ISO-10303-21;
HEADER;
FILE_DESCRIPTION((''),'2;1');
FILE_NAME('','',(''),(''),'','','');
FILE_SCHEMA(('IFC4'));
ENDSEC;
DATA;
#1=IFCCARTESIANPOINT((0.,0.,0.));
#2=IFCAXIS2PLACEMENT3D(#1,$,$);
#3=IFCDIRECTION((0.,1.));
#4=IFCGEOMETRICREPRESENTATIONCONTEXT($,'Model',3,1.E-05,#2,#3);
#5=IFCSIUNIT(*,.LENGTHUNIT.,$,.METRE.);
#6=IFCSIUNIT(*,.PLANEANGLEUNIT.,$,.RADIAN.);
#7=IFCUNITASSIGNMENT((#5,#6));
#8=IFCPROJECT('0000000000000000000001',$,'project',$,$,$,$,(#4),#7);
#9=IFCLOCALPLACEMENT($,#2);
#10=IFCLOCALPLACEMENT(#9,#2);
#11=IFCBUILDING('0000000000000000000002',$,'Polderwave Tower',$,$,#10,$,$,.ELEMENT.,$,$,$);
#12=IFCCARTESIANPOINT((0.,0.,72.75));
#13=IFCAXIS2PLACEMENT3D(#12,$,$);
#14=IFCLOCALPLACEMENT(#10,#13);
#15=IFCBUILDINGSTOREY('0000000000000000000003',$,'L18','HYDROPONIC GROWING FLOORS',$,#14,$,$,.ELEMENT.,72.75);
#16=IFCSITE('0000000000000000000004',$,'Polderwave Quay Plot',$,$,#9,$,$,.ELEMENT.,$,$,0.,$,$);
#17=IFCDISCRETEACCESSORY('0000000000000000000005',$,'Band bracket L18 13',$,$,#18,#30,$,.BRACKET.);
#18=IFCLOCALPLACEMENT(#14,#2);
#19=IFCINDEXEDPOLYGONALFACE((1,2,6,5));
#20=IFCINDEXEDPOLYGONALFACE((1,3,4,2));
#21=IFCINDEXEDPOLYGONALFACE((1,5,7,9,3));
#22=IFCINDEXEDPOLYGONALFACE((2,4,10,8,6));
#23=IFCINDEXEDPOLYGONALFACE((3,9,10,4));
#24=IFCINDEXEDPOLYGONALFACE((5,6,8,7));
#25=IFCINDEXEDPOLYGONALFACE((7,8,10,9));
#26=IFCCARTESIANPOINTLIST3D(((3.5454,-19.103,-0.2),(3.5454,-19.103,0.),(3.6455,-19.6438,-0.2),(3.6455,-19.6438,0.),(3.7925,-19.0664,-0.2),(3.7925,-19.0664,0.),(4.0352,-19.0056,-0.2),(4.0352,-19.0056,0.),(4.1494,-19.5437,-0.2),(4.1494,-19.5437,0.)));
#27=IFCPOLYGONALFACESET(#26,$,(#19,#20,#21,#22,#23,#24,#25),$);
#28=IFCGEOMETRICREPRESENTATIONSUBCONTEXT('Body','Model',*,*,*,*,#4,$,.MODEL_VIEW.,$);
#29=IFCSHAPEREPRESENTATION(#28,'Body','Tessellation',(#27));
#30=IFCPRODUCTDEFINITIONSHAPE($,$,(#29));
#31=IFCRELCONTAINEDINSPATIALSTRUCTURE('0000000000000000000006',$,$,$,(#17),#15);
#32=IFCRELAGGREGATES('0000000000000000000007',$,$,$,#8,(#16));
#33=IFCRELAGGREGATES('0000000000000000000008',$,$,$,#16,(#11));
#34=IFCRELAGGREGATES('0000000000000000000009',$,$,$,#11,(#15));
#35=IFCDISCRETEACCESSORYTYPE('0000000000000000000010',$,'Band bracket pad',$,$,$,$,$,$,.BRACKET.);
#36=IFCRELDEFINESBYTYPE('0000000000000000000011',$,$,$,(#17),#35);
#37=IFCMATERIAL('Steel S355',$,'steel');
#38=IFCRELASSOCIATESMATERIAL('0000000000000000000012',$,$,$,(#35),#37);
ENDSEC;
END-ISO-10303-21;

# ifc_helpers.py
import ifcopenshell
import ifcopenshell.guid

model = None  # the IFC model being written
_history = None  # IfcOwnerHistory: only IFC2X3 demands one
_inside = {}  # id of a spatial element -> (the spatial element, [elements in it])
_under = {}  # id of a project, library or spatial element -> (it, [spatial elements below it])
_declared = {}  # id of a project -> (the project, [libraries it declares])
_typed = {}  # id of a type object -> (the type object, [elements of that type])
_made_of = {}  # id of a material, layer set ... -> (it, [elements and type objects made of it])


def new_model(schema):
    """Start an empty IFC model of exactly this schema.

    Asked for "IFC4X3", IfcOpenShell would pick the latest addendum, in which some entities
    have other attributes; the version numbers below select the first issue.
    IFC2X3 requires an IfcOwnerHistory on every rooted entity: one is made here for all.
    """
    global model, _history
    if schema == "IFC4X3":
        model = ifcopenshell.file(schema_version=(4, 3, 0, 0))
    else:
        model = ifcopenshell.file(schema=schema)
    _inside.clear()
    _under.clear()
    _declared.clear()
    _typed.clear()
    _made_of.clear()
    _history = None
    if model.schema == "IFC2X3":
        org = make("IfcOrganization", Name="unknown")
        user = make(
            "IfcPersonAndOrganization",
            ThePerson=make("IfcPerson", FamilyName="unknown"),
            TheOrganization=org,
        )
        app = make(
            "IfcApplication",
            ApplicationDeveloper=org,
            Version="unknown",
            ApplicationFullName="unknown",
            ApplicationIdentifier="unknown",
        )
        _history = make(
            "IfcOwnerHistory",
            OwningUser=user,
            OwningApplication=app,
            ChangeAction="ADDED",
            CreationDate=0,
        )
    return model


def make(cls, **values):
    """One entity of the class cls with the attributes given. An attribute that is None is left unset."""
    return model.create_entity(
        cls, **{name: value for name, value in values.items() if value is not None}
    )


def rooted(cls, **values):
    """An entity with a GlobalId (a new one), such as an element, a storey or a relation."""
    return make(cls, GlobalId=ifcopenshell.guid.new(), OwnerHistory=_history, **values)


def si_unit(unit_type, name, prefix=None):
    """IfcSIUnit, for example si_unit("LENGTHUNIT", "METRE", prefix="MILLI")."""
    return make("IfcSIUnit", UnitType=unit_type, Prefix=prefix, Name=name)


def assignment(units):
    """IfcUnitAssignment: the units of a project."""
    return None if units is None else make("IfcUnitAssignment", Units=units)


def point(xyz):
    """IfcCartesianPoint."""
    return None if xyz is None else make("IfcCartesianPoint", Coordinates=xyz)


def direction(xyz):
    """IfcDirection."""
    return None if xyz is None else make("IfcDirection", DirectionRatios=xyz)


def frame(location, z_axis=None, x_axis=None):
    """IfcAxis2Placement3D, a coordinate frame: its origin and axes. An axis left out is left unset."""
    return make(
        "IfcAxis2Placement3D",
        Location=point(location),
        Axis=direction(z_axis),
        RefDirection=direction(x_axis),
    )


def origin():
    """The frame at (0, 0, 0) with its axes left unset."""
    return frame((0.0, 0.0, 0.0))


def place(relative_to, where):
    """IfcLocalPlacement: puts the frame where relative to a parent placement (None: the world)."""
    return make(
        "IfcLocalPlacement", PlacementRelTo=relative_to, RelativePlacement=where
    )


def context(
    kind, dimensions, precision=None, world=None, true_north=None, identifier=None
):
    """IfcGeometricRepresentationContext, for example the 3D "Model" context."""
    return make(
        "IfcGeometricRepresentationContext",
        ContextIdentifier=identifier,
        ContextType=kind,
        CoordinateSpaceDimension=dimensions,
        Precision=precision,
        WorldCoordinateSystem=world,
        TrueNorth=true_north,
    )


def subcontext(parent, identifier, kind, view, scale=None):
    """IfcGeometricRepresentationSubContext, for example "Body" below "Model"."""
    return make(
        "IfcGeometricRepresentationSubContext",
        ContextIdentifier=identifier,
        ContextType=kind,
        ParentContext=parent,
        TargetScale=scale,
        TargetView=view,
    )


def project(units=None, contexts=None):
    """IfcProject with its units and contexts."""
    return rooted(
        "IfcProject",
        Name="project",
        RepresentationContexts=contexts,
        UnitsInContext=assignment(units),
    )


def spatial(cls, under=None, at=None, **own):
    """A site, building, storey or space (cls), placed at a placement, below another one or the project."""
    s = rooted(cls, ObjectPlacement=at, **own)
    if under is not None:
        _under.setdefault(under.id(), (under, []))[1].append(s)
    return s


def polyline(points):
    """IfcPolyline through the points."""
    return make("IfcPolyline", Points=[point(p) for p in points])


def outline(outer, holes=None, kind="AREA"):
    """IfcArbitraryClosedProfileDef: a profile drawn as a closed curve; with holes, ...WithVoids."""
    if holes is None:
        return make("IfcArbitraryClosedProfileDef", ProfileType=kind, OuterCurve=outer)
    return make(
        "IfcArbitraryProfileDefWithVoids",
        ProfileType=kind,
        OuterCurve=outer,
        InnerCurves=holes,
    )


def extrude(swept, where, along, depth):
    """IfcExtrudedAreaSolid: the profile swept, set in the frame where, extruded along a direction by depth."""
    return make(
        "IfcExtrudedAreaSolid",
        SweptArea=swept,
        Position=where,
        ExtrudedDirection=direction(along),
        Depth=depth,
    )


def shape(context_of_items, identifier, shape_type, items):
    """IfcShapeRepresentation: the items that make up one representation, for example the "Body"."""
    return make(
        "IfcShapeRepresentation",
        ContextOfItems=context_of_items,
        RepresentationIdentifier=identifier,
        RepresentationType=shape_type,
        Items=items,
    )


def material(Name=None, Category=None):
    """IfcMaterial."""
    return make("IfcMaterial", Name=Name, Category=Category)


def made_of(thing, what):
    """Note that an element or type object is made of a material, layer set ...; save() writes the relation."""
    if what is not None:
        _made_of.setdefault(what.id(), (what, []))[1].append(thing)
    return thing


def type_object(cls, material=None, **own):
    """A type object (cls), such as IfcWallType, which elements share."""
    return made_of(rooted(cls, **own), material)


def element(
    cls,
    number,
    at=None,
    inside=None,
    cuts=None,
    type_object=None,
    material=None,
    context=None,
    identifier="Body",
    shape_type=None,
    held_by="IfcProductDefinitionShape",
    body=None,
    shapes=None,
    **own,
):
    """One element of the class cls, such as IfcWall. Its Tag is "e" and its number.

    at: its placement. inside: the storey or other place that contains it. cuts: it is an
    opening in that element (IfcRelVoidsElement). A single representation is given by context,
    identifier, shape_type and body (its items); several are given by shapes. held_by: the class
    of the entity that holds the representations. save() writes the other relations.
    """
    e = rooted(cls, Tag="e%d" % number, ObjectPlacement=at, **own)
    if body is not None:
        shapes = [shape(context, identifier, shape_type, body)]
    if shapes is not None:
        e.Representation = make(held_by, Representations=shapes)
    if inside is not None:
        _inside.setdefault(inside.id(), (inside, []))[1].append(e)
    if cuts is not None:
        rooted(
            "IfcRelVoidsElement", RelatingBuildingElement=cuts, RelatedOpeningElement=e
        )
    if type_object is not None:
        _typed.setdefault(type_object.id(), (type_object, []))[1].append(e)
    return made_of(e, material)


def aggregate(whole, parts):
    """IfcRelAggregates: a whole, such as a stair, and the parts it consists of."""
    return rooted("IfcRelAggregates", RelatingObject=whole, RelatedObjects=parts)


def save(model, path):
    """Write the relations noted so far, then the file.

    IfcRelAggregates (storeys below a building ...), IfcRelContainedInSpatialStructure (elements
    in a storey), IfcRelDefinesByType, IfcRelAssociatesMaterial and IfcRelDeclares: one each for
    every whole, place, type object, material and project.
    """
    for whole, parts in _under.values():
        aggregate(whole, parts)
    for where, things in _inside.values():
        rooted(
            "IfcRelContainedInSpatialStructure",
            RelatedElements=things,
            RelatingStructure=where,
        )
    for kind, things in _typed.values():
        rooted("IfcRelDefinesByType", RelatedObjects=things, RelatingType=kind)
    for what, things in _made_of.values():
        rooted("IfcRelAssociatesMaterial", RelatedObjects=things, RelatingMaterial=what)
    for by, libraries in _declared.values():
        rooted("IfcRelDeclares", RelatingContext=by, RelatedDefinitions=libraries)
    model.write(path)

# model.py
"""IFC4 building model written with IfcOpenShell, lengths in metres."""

from ifc_helpers import new_model, si_unit, direction, frame, origin, place, context, subcontext, project, spatial, polyline, outline, extrude, material, type_object, element, save


model = new_model("IFC4")

# Units and contexts
model_context = context("Model", 3, precision=1e-05, world=origin(), true_north=direction((0.0, 1.0)))
body_context = subcontext(model_context, "Body", "Model", "MODEL_VIEW")
ifc_project = project(units=[si_unit("LENGTHUNIT", "METRE"), si_unit("PLANEANGLEUNIT", "RADIAN")], contexts=[model_context])

# Site, building, storey
site_placement = place(None, origin())
site = spatial("IfcSite", under=ifc_project, at=site_placement, Name="Polderwave Quay Plot", CompositionType="ELEMENT", RefElevation=0.0)
building_placement = place(site_placement, origin())
building = spatial("IfcBuilding", under=site, at=building_placement, Name="Polderwave Tower", CompositionType="ELEMENT")
storey_placement = place(building_placement, frame((0.0, 0.0, 72.75)))
storey = spatial("IfcBuildingStorey", under=building, at=storey_placement, Name="L18", Description="HYDROPONIC GROWING FLOORS", CompositionType="ELEMENT", Elevation=72.75)

# Discrete accessory
ifc_material_1 = material(Name="Steel S355", Category="steel")
discrete_accessory_type = type_object("IfcDiscreteAccessoryType", Name="Band bracket pad", PredefinedType="BRACKET", material=ifc_material_1)
discrete_accessory_placement = place(storey_placement, frame((0.0, 0.0, -0.2)))
element("IfcDiscreteAccessory", 1, at=discrete_accessory_placement, inside=storey, type_object=discrete_accessory_type, Name="Band bracket L18 13", PredefinedType="BRACKET", context=body_context, shape_type="SweptSolid", body=[
    extrude(outline(polyline([(3.5454, -19.103), (3.7925, -19.0664), (4.0352, -19.0056), (4.1494, -19.5437), (3.6455, -19.6438), (3.5454, -19.103)])), origin(), (0.0, 0.0, 1.0), 0.2),
])

save(model, "model.ifc")
